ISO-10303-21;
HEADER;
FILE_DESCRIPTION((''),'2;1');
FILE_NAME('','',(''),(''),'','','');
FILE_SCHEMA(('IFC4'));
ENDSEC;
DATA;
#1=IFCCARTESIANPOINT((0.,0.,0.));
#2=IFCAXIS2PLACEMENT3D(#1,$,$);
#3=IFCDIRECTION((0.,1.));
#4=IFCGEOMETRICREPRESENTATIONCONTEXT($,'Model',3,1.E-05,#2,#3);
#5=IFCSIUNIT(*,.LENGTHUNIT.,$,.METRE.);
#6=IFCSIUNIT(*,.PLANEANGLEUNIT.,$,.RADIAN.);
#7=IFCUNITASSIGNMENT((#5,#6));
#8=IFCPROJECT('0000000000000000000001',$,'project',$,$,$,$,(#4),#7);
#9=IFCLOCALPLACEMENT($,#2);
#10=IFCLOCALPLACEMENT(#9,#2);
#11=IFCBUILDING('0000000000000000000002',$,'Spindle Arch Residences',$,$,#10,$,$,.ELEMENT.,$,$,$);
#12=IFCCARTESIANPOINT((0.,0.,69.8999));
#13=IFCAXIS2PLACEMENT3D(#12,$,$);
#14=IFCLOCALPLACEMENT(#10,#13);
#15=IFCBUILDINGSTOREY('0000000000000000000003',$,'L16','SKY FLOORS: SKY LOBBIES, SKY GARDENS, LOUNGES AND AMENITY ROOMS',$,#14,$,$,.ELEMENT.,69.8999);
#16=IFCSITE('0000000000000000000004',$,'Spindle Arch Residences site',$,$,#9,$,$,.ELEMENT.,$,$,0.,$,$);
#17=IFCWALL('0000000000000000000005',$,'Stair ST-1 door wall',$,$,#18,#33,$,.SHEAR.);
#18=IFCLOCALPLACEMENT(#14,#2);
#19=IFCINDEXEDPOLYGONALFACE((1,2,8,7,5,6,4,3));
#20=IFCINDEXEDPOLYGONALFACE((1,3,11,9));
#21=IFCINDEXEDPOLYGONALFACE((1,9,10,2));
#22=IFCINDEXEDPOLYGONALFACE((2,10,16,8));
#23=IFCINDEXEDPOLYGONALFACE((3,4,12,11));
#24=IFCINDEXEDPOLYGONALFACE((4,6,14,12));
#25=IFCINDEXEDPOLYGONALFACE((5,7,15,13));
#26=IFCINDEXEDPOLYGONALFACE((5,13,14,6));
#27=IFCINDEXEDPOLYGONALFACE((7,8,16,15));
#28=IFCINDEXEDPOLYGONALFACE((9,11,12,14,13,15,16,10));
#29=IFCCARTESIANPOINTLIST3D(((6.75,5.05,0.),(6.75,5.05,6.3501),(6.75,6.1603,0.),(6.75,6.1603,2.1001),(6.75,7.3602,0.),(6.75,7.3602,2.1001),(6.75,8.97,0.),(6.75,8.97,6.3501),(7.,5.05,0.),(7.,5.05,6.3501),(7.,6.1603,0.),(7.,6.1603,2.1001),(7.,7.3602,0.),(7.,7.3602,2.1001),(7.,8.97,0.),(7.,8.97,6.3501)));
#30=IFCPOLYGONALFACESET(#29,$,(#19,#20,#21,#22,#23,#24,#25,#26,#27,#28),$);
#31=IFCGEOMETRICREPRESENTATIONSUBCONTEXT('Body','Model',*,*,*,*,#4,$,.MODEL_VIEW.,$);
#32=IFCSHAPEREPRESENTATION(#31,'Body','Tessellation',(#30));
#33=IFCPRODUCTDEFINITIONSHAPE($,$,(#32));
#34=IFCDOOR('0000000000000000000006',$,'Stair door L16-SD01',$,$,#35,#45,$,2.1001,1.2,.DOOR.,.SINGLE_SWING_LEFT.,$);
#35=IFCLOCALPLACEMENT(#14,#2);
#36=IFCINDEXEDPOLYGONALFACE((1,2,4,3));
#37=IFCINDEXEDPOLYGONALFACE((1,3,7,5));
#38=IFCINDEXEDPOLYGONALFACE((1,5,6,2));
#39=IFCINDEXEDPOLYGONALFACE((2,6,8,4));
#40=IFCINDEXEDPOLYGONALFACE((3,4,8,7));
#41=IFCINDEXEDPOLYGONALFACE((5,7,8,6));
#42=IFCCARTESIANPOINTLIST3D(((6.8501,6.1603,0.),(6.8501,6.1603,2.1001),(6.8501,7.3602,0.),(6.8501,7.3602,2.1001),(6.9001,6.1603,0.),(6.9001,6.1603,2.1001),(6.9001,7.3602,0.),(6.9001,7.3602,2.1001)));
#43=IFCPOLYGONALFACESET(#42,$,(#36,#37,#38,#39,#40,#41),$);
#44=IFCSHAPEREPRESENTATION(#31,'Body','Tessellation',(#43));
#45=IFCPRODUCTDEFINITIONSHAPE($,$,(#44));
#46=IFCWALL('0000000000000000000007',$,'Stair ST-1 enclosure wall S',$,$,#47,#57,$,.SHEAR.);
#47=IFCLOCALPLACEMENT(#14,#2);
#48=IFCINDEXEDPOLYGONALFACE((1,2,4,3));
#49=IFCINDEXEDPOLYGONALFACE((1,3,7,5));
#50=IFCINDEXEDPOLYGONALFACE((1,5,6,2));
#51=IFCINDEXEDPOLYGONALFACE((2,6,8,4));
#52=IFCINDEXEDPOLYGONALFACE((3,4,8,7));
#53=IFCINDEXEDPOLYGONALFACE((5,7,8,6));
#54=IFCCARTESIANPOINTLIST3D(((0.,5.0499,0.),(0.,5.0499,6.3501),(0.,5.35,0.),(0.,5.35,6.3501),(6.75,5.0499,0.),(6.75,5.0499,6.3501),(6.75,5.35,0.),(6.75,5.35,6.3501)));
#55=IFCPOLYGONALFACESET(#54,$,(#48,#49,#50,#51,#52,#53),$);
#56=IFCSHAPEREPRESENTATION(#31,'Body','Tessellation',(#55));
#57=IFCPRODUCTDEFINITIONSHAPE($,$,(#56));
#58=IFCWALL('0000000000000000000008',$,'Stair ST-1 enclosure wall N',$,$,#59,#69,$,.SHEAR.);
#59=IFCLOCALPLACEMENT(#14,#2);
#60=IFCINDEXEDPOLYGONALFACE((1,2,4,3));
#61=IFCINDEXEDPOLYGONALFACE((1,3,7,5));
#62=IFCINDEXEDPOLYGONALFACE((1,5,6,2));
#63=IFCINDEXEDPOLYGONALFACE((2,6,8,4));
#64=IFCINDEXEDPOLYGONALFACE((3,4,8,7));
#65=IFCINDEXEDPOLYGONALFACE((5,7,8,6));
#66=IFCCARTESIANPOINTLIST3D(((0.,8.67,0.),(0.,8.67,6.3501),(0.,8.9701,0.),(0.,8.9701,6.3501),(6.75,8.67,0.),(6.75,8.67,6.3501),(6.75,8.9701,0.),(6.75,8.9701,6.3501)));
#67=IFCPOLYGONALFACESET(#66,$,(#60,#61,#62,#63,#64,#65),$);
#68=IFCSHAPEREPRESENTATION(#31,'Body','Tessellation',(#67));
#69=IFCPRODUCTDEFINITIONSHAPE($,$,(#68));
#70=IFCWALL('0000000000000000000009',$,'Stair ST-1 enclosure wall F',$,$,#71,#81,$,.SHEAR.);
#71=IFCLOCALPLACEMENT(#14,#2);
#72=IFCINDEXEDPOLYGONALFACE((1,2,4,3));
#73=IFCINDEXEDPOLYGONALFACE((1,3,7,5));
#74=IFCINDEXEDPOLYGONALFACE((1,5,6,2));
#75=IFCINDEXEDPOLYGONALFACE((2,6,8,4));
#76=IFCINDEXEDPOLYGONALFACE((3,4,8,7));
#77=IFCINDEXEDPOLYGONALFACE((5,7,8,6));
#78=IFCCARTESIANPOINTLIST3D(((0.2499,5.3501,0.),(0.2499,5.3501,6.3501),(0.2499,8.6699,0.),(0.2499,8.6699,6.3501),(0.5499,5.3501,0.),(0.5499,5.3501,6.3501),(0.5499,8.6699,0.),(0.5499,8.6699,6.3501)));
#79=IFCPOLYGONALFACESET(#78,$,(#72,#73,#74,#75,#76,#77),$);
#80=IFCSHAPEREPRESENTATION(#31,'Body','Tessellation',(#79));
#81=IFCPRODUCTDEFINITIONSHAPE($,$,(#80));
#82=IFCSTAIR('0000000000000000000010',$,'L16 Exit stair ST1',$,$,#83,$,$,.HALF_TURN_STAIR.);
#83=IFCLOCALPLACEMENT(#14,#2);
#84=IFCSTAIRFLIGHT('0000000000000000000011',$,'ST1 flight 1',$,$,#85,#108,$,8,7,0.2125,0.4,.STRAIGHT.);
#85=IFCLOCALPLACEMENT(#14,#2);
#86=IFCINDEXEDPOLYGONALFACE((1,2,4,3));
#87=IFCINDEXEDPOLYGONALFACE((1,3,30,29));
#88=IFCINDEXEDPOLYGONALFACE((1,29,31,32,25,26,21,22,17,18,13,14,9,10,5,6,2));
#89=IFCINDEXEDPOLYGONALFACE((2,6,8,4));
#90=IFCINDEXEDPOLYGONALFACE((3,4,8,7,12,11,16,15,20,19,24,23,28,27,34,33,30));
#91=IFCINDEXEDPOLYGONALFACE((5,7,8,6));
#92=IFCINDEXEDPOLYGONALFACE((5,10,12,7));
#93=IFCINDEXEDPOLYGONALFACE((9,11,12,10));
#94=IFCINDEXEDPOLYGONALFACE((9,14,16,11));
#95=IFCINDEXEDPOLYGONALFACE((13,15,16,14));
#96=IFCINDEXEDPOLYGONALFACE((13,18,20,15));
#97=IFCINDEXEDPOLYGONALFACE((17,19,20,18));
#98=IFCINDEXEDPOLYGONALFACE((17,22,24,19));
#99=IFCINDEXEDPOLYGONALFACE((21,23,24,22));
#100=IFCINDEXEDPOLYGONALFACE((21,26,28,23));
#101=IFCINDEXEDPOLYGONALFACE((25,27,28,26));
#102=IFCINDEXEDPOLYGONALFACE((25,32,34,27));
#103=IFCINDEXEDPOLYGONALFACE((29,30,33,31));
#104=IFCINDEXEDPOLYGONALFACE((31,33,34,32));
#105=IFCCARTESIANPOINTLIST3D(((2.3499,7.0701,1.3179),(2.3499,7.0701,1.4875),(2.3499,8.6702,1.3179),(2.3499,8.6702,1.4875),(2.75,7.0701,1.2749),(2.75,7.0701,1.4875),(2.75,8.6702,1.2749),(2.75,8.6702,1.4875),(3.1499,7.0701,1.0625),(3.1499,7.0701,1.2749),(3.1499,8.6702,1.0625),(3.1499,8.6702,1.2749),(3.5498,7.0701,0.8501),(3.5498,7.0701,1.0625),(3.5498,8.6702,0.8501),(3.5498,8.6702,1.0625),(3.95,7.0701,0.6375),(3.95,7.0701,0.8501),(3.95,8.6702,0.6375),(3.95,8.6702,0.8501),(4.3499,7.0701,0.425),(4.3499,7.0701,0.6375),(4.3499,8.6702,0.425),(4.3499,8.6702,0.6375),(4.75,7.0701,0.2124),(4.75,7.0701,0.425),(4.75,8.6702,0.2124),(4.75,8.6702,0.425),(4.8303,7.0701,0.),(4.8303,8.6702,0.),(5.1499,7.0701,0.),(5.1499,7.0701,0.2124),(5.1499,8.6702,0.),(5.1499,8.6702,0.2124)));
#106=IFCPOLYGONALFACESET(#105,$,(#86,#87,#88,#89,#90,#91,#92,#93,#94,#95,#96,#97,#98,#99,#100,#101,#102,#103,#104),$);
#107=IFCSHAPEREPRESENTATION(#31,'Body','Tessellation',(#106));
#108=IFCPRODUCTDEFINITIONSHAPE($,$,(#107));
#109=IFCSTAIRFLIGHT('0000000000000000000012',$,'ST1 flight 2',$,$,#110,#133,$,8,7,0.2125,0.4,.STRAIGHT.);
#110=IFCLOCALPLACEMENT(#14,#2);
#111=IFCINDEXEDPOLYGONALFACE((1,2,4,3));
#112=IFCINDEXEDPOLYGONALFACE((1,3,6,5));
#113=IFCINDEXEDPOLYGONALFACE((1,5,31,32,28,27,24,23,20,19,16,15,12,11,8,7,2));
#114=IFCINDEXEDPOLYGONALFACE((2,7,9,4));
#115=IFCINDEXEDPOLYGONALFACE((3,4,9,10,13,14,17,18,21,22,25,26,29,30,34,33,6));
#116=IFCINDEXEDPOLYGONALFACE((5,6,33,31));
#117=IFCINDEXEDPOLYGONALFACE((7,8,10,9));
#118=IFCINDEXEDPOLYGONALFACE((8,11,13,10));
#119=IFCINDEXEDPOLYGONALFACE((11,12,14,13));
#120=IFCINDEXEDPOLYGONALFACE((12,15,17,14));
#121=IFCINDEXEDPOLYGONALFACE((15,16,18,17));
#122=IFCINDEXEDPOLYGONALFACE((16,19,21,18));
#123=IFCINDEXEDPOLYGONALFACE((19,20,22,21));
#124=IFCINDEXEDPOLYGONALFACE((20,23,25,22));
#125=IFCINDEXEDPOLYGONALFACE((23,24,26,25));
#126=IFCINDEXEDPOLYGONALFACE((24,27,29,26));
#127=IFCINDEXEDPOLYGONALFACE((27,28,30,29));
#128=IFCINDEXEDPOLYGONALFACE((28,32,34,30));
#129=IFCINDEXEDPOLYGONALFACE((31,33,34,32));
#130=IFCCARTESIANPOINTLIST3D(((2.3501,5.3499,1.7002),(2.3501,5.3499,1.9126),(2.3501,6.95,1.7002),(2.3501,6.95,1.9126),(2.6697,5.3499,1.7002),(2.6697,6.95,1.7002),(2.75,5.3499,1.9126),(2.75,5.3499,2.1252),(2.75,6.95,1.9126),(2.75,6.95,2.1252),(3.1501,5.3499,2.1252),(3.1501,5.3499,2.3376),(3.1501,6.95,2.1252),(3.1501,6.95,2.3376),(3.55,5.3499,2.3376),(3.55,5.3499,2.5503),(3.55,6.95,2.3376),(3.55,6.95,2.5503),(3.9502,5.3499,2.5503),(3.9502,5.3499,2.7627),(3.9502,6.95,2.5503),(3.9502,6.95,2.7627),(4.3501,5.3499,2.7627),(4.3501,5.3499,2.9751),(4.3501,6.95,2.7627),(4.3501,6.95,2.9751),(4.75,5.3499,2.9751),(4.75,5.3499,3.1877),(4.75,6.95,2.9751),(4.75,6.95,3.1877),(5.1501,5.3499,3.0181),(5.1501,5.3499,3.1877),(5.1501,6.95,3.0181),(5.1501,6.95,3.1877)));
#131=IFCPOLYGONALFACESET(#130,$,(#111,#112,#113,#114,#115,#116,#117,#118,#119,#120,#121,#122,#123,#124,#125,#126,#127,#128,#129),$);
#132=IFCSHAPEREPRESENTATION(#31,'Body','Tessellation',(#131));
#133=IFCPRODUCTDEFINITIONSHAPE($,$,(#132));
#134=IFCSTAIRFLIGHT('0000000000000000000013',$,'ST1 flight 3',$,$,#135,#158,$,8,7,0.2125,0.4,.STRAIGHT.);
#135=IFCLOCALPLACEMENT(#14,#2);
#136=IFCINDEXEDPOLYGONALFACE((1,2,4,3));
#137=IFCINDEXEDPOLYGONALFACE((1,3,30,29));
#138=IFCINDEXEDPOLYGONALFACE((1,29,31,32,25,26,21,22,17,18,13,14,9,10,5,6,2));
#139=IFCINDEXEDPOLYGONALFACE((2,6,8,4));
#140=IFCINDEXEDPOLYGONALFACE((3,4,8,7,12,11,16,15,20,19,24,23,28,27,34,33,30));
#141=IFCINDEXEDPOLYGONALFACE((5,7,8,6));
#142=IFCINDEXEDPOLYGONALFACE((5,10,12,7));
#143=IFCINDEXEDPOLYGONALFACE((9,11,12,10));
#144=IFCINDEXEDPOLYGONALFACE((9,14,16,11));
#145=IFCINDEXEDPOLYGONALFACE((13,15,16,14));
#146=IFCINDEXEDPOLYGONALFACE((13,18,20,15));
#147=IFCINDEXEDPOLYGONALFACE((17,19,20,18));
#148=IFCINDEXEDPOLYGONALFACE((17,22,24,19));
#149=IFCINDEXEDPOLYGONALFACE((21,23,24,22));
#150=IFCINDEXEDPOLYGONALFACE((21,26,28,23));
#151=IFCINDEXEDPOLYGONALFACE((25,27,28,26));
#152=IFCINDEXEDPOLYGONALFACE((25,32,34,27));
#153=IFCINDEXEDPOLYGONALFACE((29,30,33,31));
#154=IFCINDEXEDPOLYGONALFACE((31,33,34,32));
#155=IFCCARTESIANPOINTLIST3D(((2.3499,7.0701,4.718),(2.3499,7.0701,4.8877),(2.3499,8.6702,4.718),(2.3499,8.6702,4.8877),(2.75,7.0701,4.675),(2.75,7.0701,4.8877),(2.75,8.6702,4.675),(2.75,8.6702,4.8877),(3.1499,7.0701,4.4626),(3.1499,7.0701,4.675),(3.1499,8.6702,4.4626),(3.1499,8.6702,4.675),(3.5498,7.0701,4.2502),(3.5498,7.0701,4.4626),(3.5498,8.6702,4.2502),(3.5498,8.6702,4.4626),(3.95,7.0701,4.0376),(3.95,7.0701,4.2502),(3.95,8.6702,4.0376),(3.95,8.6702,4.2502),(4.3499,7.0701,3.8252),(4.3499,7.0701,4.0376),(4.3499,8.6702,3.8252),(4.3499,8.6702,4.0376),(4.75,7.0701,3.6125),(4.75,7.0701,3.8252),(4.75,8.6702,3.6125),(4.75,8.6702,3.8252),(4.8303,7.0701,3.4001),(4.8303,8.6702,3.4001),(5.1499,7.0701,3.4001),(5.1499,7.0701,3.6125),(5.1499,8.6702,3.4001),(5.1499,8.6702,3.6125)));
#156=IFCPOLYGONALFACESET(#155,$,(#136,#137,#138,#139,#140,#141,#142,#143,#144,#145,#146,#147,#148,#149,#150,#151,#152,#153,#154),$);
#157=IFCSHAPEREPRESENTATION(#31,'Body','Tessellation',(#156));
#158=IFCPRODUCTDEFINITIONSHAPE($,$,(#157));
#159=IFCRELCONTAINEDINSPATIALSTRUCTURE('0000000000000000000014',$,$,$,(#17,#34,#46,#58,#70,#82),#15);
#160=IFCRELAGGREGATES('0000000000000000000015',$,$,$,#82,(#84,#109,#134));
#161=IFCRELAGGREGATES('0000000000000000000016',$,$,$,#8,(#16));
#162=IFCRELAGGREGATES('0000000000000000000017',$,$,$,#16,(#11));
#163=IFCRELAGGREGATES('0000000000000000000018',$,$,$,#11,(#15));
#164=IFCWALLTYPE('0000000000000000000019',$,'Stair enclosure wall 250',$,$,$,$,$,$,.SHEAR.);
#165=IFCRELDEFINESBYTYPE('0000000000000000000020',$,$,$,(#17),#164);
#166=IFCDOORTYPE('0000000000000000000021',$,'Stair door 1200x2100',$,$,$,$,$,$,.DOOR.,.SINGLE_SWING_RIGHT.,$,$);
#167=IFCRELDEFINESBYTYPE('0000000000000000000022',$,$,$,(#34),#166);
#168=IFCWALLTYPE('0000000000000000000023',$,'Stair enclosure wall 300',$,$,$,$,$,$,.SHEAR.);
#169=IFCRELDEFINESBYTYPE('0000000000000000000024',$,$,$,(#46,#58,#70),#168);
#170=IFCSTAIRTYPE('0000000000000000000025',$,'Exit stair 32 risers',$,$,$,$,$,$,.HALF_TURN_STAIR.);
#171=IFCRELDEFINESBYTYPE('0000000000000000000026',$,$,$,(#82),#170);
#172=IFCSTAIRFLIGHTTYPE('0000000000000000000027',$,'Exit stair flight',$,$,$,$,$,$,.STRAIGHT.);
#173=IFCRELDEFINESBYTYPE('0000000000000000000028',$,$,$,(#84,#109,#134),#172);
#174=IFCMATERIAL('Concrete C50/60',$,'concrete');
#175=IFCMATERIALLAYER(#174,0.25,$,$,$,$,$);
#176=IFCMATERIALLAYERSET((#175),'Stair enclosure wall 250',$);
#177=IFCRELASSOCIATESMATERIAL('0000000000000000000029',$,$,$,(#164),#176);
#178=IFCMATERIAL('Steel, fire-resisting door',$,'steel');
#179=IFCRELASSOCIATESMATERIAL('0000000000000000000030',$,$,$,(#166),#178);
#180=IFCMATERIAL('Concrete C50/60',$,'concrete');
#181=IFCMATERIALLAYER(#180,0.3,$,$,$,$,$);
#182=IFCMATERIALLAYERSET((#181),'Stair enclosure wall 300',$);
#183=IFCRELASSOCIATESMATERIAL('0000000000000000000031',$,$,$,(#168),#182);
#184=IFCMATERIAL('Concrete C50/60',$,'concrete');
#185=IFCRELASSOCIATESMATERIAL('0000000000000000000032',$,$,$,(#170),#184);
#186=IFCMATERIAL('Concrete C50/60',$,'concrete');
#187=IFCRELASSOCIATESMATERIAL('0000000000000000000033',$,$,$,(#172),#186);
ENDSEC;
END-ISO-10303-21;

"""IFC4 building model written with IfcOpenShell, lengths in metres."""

from ifc_helpers import new_model, si_unit, direction, frame, frame_2d, origin, place, context, subcontext, project, spatial, polyline, rectangle, outline, extrude, material, layer, layer_set, type_object, element, fill, aggregate, save


model = new_model("IFC4")

# Units and contexts
model_context = context("Model", 3, precision=1e-05, world=origin(), true_north=direction((0.0, 1.0)))
body_context = subcontext(model_context, "Body", "Model", "MODEL_VIEW")
ifc_project = project(units=[si_unit("LENGTHUNIT", "METRE"), si_unit("PLANEANGLEUNIT", "RADIAN")], contexts=[model_context])

# Site, building, storey
site_placement = place(None, origin())
site = spatial("IfcSite", under=ifc_project, at=site_placement, Name="Spindle Arch Residences site", CompositionType="ELEMENT", RefElevation=0.0)
building_placement = place(site_placement, origin())
building = spatial("IfcBuilding", under=site, at=building_placement, Name="Spindle Arch Residences", CompositionType="ELEMENT")
storey_placement = place(building_placement, frame((0.0, 0.0, 69.8999)))
storey = spatial("IfcBuildingStorey", under=building, at=storey_placement, Name="L16", Description="SKY FLOORS: SKY LOBBIES, SKY GARDENS, LOUNGES AND AMENITY ROOMS", CompositionType="ELEMENT", Elevation=69.8999)

# Wall, opening, door
ifc_material_1 = material(Name="Concrete C50/60", Category="concrete")
ifc_layer_1 = layer(ifc_material_1, 0.25)
ifc_layer_set_1 = layer_set([ifc_layer_1], Name="Stair enclosure wall 250")
wall_type_1 = type_object("IfcWallType", Name="Stair enclosure wall 250", PredefinedType="SHEAR", material=ifc_layer_set_1)
wall_1_placement = place(storey_placement, frame((6.875, 5.05, 0.0), z_axis=(0.0, 0.0, 1.0), x_axis=(0.0, 1.0, 0.0)))
wall_1 = element("IfcWall", 1, at=wall_1_placement, inside=storey, type_object=wall_type_1, Name="Stair ST-1 door wall", PredefinedType="SHEAR", context=body_context, shape_type="SweptSolid", body=[
    extrude(rectangle(XDim=3.9199, YDim=0.25, at=frame_2d((1.96, 0.0))), origin(), (0.0, 0.0, 1.0), 6.3501),
])
opening_1_placement = place(wall_1_placement, frame((1.1101, 0.0, 0.0)))
opening_1 = element("IfcOpeningElement", 2, at=opening_1_placement, cuts=wall_1, PredefinedType="OPENING", context=body_context, shape_type="SweptSolid", body=[
    extrude(rectangle(XDim=1.2, YDim=2.1001, at=frame_2d((0.6001, 1.05))), frame((0.0, 0.135, 0.0), z_axis=(0.0, -1.0, 0.0), x_axis=(1.0, 0.0, 0.0)), (0.0, 0.0, 1.0), 0.27),
])
ifc_material_2 = material(Name="Steel, fire-resisting door", Category="steel")
door_type_1 = type_object("IfcDoorType", Name="Stair door 1200x2100", OperationType="SINGLE_SWING_RIGHT", PredefinedType="DOOR", material=ifc_material_2)
door_1_placement = place(opening_1_placement, origin())
door_1 = element("IfcDoor", 3, at=door_1_placement, inside=storey, type_object=door_type_1, Name="Stair door L16-SD01", OperationType="SINGLE_SWING_LEFT", OverallHeight=2.1001, OverallWidth=1.2, PredefinedType="DOOR", context=body_context, shape_type="SweptSolid", body=[
    extrude(rectangle(XDim=1.2, YDim=2.1001, at=frame_2d((0.6001, 1.05))), frame((0.0, 0.0249, 0.0), z_axis=(0.0, -1.0, 0.0), x_axis=(1.0, 0.0, 0.0)), (0.0, 0.0, 1.0), 0.05),
])
fill(opening_1, door_1)

# Walls
ifc_material_3 = material(Name="Concrete C50/60", Category="concrete")
ifc_layer_2 = layer(ifc_material_3, 0.3)
ifc_layer_set_2 = layer_set([ifc_layer_2], Name="Stair enclosure wall 300")
wall_type_2 = type_object("IfcWallType", Name="Stair enclosure wall 300", PredefinedType="SHEAR", material=ifc_layer_set_2)
for number, where, z_axis, x_axis, name in (
    (4, (0.0, 5.2, 0.0), (0.0, 0.0, 1.0), (1.0, 0.0, 0.0), "Stair ST-1 enclosure wall S"),
    (5, (0.0, 8.8201, 0.0), (0.0, 0.0, 1.0), (1.0, 0.0, 0.0), "Stair ST-1 enclosure wall N"),
):
    element("IfcWall", number, at=place(storey_placement, frame(where, z_axis=z_axis, x_axis=x_axis)), inside=storey, type_object=wall_type_2, Name=name, PredefinedType="SHEAR", context=body_context, shape_type="SweptSolid", body=[
        extrude(rectangle(XDim=6.75, YDim=0.3, at=frame_2d((3.375, 0.0))), origin(), (0.0, 0.0, 1.0), 6.3501),
    ])
wall_2_placement = place(storey_placement, frame((0.3999, 5.3501, 0.0), z_axis=(0.0, 0.0, 1.0), x_axis=(0.0, 1.0, 0.0)))
element("IfcWall", 6, at=wall_2_placement, inside=storey, type_object=wall_type_2, Name="Stair ST-1 enclosure wall F", PredefinedType="SHEAR", context=body_context, shape_type="SweptSolid", body=[
    extrude(rectangle(XDim=3.3198, YDim=0.3, at=frame_2d((1.6599, 0.0))), origin(), (0.0, 0.0, 1.0), 6.3501),
])

# Stair, stair flights
ifc_material_4 = material(Name="Concrete C50/60", Category="concrete")
stair_type = type_object("IfcStairType", Name="Exit stair 32 risers", PredefinedType="HALF_TURN_STAIR", material=ifc_material_4)
stair_placement = place(storey_placement, origin())
stair = element("IfcStair", 7, at=stair_placement, inside=storey, type_object=stair_type, Name="L16 Exit stair ST1", PredefinedType="HALF_TURN_STAIR")
ifc_material_5 = material(Name="Concrete C50/60", Category="concrete")
stair_flight_type = type_object("IfcStairFlightType", Name="Exit stair flight", PredefinedType="STRAIGHT", material=ifc_material_5)
stair_flight_1_placement = place(storey_placement, frame((5.1499, 7.8701, 0.0), z_axis=(0.0, 0.0, 1.0), x_axis=(-1.0, 0.0, 0.0)))
stair_flight_1 = element("IfcStairFlight", 8, at=stair_flight_1_placement, type_object=stair_flight_type, Name="ST1 flight 1", NumberOfRisers=8, NumberOfTreads=7, PredefinedType="STRAIGHT", RiserHeight=0.2125, TreadLength=0.4, context=body_context, shape_type="SweptSolid", body=[
    extrude(outline(polyline([(0.0, 0.0), (0.0, 0.2124), (0.3999, 0.2124), (0.3999, 0.425), (0.8, 0.425), (0.8, 0.6375), (1.2, 0.6375), (1.2, 0.8501), (1.6001, 0.8501), (1.6001, 1.0625), (2.0, 1.0625), (2.0, 1.2749), (2.3999, 1.2749), (2.3999, 1.4875), (2.8, 1.4875), (2.8, 1.7), (2.8, 1.3179), (0.3196, 0.0), (0.0, 0.0)])), frame((0.0, 0.8, 0.0), z_axis=(0.0, -1.0, 0.0), x_axis=(1.0, 0.0, 0.0)), (0.0, 0.0, 1.0), 1.6001),
])
stair_flight_2_placement = place(storey_placement, frame((2.3501, 6.1499, 1.7002), z_axis=(0.0, 0.0, 1.0), x_axis=(1.0, 0.0, 0.0)))
stair_flight_2 = element("IfcStairFlight", 9, at=stair_flight_2_placement, type_object=stair_flight_type, Name="ST1 flight 2", NumberOfRisers=8, NumberOfTreads=7, PredefinedType="STRAIGHT", RiserHeight=0.2125, TreadLength=0.4, context=body_context, shape_type="SweptSolid", body=[
    extrude(outline(polyline([(0.0, 0.0), (0.0, 0.2124), (0.3999, 0.2124), (0.3999, 0.425), (0.8, 0.425), (0.8, 0.6375), (1.2, 0.6375), (1.2, 0.8501), (1.6001, 0.8501), (1.6001, 1.0625), (2.0, 1.0625), (2.0, 1.2749), (2.3999, 1.2749), (2.3999, 1.4875), (2.8, 1.4875), (2.8, 1.7), (2.8, 1.3179), (0.3196, 0.0), (0.0, 0.0)])), frame((0.0, 0.8, 0.0), z_axis=(0.0, -1.0, 0.0), x_axis=(1.0, 0.0, 0.0)), (0.0, 0.0, 1.0), 1.6001),
])
stair_flight_3_placement = place(storey_placement, frame((5.1499, 7.8701, 3.4001), z_axis=(0.0, 0.0, 1.0), x_axis=(-1.0, 0.0, 0.0)))
stair_flight_3 = element("IfcStairFlight", 10, at=stair_flight_3_placement, type_object=stair_flight_type, Name="ST1 flight 3", NumberOfRisers=8, NumberOfTreads=7, PredefinedType="STRAIGHT", RiserHeight=0.2125, TreadLength=0.4, context=body_context, shape_type="SweptSolid", body=[
    extrude(outline(polyline([(0.0, 0.0), (0.0, 0.2124), (0.3999, 0.2124), (0.3999, 0.425), (0.8, 0.425), (0.8, 0.6375), (1.2, 0.6375), (1.2, 0.8501), (1.6001, 0.8501), (1.6001, 1.0625), (2.0, 1.0625), (2.0, 1.2749), (2.3999, 1.2749), (2.3999, 1.4875), (2.8, 1.4875), (2.8, 1.7), (2.8, 1.3179), (0.3196, 0.0), (0.0, 0.0)])), frame((0.0, 0.8, 0.0), z_axis=(0.0, -1.0, 0.0), x_axis=(1.0, 0.0, 0.0)), (0.0, 0.0, 1.0), 1.6001),
])
aggregate(stair, [stair_flight_1, stair_flight_2, stair_flight_3])

save(model, "model.ifc")
